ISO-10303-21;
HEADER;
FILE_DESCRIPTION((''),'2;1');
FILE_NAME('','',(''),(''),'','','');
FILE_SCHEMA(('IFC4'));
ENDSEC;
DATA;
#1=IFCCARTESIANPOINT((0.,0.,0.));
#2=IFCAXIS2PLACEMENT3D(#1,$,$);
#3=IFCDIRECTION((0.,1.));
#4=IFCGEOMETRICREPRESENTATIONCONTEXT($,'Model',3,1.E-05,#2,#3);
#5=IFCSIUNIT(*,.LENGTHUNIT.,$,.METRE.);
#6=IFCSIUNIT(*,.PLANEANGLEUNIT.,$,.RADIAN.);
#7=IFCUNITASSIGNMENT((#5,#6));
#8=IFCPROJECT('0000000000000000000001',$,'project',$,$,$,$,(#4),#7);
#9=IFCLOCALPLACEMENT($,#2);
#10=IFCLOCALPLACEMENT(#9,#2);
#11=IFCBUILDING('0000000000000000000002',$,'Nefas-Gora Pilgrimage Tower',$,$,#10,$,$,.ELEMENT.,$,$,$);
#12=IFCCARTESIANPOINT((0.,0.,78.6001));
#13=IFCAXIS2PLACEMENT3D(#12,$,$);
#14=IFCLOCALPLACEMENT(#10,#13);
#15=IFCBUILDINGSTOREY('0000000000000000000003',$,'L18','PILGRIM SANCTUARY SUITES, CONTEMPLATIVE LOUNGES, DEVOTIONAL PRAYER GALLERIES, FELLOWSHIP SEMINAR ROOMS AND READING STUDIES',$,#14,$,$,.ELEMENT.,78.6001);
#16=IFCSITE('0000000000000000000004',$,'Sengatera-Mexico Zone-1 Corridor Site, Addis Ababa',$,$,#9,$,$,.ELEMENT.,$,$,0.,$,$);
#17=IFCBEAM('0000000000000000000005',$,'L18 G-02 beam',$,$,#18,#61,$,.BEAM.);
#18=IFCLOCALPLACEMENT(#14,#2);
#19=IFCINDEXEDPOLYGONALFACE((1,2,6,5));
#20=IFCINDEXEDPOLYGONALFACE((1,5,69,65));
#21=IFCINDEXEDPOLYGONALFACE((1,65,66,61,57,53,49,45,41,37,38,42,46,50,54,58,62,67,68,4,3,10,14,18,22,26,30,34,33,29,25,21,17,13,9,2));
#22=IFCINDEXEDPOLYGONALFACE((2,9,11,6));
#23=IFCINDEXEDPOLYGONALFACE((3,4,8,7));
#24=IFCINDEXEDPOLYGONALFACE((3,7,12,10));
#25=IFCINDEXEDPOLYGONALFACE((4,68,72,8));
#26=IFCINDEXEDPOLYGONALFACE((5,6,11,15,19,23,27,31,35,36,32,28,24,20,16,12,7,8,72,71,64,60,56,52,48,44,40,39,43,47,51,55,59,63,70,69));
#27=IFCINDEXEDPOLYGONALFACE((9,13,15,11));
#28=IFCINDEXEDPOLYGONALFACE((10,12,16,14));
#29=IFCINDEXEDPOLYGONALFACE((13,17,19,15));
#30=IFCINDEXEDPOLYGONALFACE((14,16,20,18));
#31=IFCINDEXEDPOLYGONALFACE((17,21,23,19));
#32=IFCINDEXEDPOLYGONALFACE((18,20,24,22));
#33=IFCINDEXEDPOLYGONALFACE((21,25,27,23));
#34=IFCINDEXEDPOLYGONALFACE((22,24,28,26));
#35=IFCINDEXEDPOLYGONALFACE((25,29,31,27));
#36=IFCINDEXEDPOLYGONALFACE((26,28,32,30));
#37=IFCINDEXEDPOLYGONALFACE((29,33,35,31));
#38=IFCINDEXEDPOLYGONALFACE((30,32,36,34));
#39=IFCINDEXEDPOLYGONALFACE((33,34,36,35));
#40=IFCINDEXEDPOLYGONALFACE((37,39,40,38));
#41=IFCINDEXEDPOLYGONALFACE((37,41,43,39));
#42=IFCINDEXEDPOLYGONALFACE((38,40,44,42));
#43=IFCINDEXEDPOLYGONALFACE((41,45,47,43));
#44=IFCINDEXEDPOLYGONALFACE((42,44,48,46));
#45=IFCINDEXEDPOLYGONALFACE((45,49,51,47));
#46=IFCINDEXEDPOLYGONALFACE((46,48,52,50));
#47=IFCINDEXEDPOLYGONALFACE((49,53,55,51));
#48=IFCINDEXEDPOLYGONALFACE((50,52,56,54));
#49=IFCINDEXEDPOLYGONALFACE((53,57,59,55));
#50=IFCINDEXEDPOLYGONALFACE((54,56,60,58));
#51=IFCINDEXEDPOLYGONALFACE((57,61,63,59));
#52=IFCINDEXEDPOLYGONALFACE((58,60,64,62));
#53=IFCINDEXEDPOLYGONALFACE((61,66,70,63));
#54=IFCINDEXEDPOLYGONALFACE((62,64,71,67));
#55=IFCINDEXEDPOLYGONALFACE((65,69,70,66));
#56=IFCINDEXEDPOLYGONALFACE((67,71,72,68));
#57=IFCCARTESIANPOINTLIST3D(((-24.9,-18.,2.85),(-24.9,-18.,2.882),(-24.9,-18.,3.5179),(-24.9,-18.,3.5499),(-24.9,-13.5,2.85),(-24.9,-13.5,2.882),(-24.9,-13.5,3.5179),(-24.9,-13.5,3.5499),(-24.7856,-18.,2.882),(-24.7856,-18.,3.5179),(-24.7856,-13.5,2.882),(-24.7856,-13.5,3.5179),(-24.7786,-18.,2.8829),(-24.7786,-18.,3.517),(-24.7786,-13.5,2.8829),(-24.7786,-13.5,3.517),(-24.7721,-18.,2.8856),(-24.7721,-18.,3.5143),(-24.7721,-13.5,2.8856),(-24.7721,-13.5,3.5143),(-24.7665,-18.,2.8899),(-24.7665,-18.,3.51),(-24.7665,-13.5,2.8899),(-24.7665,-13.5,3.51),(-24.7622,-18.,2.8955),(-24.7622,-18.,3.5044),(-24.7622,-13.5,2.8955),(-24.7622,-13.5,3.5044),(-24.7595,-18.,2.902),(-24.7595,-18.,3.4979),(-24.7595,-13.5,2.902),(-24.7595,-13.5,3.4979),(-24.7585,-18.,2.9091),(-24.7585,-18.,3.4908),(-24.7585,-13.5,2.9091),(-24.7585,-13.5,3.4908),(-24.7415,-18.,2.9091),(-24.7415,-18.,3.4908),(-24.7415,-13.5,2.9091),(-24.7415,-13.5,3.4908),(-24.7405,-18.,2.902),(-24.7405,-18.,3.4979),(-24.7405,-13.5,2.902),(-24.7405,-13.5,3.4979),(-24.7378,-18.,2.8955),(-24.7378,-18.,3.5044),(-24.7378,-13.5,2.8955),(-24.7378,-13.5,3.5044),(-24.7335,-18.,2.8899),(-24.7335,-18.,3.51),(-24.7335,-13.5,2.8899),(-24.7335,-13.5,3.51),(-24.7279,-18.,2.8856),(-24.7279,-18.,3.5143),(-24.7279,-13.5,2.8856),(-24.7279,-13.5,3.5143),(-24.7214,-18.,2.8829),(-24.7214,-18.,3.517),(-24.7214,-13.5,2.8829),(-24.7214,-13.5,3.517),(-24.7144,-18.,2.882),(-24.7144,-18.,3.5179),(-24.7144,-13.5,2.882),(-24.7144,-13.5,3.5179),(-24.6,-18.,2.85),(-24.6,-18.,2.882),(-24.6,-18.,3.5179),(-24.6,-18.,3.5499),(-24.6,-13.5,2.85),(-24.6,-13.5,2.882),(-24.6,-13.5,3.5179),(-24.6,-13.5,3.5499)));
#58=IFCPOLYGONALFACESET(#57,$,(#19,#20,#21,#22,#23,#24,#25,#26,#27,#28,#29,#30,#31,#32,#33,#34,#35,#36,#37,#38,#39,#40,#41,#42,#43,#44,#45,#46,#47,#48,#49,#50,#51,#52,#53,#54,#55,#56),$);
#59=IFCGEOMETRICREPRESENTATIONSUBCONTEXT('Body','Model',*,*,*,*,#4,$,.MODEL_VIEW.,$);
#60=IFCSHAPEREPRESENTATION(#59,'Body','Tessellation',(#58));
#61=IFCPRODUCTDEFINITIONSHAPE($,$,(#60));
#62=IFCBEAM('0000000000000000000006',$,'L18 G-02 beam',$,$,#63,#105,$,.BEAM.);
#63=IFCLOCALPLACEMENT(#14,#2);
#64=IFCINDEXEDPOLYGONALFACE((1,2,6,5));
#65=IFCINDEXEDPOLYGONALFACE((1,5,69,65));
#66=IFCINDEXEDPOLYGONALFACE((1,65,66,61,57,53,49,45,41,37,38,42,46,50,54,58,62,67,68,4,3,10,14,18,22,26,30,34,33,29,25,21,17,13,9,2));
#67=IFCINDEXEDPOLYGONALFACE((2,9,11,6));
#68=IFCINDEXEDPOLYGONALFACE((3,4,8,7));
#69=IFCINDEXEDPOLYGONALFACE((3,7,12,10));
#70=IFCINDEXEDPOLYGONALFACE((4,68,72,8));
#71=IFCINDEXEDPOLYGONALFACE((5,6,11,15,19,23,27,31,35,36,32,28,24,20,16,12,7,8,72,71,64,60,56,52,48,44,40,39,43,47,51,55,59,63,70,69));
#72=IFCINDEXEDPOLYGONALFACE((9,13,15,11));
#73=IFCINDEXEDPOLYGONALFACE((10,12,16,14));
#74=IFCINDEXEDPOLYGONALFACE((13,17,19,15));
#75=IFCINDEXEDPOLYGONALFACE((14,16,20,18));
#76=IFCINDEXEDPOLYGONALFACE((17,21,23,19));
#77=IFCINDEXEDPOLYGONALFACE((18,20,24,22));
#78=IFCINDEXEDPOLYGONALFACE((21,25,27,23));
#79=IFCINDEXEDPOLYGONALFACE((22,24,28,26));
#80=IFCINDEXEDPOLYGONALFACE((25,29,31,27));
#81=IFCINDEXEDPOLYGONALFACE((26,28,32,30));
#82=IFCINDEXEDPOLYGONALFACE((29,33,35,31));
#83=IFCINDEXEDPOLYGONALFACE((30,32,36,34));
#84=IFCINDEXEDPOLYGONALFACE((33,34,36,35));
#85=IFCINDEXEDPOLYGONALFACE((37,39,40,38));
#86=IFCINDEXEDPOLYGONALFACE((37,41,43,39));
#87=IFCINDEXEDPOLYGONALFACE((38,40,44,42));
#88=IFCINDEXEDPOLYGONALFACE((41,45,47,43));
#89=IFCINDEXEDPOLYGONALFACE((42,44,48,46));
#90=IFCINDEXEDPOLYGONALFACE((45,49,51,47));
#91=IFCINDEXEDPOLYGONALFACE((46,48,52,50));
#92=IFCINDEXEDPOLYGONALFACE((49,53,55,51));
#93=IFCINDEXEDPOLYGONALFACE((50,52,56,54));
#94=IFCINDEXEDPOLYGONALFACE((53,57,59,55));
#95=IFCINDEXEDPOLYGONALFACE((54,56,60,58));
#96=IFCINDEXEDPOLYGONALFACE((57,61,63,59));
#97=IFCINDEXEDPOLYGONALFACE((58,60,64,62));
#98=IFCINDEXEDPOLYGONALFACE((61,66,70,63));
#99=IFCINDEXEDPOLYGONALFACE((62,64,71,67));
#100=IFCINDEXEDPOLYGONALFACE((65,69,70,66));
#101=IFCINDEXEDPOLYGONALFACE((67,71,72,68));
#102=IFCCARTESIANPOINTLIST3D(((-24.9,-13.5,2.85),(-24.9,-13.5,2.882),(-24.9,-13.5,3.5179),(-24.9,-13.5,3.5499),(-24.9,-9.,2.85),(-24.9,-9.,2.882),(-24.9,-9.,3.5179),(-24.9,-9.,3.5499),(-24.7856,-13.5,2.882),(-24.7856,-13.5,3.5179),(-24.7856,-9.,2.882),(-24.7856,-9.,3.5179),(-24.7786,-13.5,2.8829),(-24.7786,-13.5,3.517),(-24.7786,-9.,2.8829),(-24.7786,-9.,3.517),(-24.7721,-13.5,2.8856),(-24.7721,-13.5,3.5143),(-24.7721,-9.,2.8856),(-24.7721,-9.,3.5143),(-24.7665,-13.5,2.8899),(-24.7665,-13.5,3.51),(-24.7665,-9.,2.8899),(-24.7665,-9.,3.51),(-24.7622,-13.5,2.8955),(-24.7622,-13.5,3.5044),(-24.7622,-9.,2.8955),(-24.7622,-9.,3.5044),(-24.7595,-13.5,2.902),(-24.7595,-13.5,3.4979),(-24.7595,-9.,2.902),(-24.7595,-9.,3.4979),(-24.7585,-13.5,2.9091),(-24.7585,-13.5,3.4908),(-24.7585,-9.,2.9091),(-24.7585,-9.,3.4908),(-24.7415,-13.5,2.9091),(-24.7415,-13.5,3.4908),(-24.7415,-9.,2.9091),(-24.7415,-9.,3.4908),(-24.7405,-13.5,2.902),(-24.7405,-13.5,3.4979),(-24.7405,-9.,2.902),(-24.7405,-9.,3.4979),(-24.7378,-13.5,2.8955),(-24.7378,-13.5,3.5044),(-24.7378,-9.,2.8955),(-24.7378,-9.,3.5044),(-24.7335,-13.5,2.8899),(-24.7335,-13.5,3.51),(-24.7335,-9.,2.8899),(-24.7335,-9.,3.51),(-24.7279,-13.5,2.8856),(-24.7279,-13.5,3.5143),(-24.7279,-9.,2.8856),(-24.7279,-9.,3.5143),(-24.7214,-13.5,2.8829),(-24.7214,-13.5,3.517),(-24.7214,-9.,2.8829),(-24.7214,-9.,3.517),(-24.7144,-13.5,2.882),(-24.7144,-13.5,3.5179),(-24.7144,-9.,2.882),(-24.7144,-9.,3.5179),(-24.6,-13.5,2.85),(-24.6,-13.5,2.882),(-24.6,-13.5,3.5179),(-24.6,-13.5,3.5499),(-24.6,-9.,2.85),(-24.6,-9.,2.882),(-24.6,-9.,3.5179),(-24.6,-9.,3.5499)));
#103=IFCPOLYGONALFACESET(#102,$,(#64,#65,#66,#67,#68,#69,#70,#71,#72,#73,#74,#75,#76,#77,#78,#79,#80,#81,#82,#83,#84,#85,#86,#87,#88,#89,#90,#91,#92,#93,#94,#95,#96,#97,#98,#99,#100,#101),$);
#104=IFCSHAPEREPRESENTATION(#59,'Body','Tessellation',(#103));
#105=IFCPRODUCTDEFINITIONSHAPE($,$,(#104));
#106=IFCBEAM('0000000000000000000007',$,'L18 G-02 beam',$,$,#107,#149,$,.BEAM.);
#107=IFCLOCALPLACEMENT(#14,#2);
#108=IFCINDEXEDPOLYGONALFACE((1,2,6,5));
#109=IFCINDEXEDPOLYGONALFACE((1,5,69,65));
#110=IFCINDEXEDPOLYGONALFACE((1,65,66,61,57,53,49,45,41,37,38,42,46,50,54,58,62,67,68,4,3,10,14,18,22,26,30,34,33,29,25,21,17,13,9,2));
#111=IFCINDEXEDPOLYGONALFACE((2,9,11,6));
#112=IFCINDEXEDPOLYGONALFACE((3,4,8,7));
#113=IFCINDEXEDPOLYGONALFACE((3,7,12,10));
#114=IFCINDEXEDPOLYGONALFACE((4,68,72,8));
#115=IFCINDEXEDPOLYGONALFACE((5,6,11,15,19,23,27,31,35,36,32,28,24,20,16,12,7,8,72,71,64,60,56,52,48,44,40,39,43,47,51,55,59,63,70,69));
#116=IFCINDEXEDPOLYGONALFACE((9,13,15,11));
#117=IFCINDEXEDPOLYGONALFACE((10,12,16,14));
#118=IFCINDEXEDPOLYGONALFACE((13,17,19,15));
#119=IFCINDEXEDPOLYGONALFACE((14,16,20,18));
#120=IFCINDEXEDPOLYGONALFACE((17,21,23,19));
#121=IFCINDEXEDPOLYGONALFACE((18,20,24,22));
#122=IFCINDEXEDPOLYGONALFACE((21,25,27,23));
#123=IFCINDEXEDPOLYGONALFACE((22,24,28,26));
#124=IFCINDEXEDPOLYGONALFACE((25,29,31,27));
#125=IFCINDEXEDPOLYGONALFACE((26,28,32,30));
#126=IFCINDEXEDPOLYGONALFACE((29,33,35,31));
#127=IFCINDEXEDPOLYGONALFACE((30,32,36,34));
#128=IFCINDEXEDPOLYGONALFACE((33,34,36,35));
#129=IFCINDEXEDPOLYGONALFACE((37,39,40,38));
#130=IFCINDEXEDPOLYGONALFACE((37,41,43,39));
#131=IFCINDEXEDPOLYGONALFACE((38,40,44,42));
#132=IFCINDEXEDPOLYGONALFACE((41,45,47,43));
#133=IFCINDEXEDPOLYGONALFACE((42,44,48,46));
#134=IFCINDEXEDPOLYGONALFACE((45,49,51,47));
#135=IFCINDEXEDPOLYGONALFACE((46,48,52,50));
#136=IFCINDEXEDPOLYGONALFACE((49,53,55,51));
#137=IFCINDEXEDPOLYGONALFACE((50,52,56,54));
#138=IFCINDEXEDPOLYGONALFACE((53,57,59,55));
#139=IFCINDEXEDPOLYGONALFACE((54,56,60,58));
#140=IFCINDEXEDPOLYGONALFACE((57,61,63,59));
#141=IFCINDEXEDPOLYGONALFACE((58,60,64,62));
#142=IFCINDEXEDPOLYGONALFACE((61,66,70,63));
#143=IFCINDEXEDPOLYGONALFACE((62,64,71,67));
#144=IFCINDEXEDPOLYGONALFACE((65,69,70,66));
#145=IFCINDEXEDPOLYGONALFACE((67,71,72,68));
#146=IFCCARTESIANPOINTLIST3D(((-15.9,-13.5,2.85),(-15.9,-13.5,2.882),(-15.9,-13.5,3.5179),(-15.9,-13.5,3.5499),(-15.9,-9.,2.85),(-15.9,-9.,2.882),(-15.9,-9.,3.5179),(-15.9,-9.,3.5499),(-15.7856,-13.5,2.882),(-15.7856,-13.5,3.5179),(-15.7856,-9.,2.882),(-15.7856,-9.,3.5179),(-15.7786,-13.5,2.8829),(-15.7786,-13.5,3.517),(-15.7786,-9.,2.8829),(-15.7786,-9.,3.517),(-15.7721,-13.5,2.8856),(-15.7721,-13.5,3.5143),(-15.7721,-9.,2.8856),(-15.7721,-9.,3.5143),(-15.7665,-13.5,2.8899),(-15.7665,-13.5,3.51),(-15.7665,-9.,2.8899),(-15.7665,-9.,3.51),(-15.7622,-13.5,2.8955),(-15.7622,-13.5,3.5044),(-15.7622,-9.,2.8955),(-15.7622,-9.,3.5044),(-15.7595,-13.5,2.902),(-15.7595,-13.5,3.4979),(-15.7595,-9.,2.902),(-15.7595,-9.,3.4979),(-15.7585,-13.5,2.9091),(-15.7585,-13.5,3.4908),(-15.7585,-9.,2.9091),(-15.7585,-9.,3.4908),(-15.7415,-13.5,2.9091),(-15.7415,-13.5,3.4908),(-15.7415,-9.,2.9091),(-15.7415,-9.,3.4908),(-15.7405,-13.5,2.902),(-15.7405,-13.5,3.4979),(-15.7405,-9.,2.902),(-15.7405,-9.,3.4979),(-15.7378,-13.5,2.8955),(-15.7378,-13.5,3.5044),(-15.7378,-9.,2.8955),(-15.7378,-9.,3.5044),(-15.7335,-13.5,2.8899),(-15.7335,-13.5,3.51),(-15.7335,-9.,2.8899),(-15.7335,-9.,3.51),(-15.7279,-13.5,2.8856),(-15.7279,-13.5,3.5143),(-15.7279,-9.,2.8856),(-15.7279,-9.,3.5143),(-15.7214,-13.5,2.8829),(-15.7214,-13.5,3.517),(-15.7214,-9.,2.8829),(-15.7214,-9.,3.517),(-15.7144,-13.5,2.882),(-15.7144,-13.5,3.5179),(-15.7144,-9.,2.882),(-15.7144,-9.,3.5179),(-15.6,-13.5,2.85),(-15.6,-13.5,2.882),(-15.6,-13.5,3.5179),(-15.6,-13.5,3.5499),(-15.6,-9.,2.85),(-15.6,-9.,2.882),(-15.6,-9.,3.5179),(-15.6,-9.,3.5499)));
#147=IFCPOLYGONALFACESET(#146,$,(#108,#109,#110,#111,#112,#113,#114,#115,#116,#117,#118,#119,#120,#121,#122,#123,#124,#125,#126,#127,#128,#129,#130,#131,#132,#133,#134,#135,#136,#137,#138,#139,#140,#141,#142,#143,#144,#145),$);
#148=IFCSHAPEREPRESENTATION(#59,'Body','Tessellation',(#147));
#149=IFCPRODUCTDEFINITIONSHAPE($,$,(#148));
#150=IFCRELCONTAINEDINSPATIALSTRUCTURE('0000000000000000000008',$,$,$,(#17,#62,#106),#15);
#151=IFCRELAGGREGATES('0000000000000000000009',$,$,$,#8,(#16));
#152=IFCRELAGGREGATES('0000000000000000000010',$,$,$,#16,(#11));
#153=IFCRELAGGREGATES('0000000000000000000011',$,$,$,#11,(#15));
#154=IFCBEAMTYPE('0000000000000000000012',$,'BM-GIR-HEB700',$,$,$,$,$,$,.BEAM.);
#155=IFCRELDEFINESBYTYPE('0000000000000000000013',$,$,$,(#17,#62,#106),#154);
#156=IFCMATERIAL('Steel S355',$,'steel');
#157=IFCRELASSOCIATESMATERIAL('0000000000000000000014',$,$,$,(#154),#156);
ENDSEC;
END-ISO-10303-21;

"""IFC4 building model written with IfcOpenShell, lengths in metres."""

from ifc_helpers import new_model, si_unit, direction, frame, origin, origin_2d, place, context, subcontext, project, spatial, i_section, extrude, source, transform, mapped, material, material_profile, profile_set, type_object, element, save


model = new_model("IFC4")

# Units and contexts
model_context = context("Model", 3, precision=1e-05, world=origin(), true_north=direction((0.0, 1.0)))
body_context = subcontext(model_context, "Body", "Model", "MODEL_VIEW")
ifc_project = project(units=[si_unit("LENGTHUNIT", "METRE"), si_unit("PLANEANGLEUNIT", "RADIAN")], contexts=[model_context])

# Site, building, storey
site_placement = place(None, origin())
site = spatial("IfcSite", under=ifc_project, at=site_placement, Name="Sengatera-Mexico Zone-1 Corridor Site, Addis Ababa", CompositionType="ELEMENT", RefElevation=0.0)
building_placement = place(site_placement, origin())
building = spatial("IfcBuilding", under=site, at=building_placement, Name="Nefas-Gora Pilgrimage Tower", CompositionType="ELEMENT")
storey_placement = place(building_placement, frame((0.0, 0.0, 78.6001)))
storey = spatial("IfcBuildingStorey", under=building, at=storey_placement, Name="L18", Description="PILGRIM SANCTUARY SUITES, CONTEMPLATIVE LOUNGES, DEVOTIONAL PRAYER GALLERIES, FELLOWSHIP SEMINAR ROOMS AND READING STUDIES", CompositionType="ELEMENT", Elevation=78.6001)

# Beams
ifc_material_1 = material(Name="Steel S355", Category="steel")
ifc_material_profile_1 = material_profile(ifc_material_1, i_section(OverallWidth=0.3, OverallDepth=0.7, WebThickness=0.0171, FlangeThickness=0.032, FilletRadius=0.0271, at=origin_2d()), Name="HEB 700")
ifc_profile_set_1 = profile_set([ifc_material_profile_1], Name="Steel S355")
beam_type_1 = type_object("IfcBeamType", Name="BM-GIR-HEB700", PredefinedType="BEAM", material=ifc_profile_set_1)
shared_shape_1 = source(origin(), body_context, "Body", "SweptSolid", [
    extrude(i_section(OverallWidth=0.3, OverallDepth=0.7, WebThickness=0.0171, FlangeThickness=0.032, FilletRadius=0.0271, at=origin_2d()), origin(), (0.0, 0.0, 1.0), 4.5),
])
for number, where, z_axis, x_axis, name in (
    (1, (-24.75, -18.0, 3.2), (0.0, 1.0, 0.0), (-1.0, 0.0, 0.0), "L18 G-02 beam"),
    (2, (-24.75, -13.5, 3.2), (0.0, 1.0, 0.0), (-1.0, 0.0, 0.0), "L18 G-02 beam"),
    (3, (-15.75, -13.5, 3.2), (0.0, 1.0, 0.0), (-1.0, 0.0, 0.0), "L18 G-02 beam"),
):
    element("IfcBeam", number, at=place(storey_placement, frame(where, z_axis=z_axis, x_axis=x_axis)), inside=storey, type_object=beam_type_1, Name=name, PredefinedType="BEAM", context=body_context, shape_type="MappedRepresentation", body=[
        mapped(shared_shape_1, transform((0.0, 0.0, 0.0), x_axis=(1.0, 0.0, 0.0), y_axis=(0.0, 1.0, 0.0), z_axis=(0.0, 0.0, 1.0), scale=1.0)),
    ])

save(model, "model.ifc")
